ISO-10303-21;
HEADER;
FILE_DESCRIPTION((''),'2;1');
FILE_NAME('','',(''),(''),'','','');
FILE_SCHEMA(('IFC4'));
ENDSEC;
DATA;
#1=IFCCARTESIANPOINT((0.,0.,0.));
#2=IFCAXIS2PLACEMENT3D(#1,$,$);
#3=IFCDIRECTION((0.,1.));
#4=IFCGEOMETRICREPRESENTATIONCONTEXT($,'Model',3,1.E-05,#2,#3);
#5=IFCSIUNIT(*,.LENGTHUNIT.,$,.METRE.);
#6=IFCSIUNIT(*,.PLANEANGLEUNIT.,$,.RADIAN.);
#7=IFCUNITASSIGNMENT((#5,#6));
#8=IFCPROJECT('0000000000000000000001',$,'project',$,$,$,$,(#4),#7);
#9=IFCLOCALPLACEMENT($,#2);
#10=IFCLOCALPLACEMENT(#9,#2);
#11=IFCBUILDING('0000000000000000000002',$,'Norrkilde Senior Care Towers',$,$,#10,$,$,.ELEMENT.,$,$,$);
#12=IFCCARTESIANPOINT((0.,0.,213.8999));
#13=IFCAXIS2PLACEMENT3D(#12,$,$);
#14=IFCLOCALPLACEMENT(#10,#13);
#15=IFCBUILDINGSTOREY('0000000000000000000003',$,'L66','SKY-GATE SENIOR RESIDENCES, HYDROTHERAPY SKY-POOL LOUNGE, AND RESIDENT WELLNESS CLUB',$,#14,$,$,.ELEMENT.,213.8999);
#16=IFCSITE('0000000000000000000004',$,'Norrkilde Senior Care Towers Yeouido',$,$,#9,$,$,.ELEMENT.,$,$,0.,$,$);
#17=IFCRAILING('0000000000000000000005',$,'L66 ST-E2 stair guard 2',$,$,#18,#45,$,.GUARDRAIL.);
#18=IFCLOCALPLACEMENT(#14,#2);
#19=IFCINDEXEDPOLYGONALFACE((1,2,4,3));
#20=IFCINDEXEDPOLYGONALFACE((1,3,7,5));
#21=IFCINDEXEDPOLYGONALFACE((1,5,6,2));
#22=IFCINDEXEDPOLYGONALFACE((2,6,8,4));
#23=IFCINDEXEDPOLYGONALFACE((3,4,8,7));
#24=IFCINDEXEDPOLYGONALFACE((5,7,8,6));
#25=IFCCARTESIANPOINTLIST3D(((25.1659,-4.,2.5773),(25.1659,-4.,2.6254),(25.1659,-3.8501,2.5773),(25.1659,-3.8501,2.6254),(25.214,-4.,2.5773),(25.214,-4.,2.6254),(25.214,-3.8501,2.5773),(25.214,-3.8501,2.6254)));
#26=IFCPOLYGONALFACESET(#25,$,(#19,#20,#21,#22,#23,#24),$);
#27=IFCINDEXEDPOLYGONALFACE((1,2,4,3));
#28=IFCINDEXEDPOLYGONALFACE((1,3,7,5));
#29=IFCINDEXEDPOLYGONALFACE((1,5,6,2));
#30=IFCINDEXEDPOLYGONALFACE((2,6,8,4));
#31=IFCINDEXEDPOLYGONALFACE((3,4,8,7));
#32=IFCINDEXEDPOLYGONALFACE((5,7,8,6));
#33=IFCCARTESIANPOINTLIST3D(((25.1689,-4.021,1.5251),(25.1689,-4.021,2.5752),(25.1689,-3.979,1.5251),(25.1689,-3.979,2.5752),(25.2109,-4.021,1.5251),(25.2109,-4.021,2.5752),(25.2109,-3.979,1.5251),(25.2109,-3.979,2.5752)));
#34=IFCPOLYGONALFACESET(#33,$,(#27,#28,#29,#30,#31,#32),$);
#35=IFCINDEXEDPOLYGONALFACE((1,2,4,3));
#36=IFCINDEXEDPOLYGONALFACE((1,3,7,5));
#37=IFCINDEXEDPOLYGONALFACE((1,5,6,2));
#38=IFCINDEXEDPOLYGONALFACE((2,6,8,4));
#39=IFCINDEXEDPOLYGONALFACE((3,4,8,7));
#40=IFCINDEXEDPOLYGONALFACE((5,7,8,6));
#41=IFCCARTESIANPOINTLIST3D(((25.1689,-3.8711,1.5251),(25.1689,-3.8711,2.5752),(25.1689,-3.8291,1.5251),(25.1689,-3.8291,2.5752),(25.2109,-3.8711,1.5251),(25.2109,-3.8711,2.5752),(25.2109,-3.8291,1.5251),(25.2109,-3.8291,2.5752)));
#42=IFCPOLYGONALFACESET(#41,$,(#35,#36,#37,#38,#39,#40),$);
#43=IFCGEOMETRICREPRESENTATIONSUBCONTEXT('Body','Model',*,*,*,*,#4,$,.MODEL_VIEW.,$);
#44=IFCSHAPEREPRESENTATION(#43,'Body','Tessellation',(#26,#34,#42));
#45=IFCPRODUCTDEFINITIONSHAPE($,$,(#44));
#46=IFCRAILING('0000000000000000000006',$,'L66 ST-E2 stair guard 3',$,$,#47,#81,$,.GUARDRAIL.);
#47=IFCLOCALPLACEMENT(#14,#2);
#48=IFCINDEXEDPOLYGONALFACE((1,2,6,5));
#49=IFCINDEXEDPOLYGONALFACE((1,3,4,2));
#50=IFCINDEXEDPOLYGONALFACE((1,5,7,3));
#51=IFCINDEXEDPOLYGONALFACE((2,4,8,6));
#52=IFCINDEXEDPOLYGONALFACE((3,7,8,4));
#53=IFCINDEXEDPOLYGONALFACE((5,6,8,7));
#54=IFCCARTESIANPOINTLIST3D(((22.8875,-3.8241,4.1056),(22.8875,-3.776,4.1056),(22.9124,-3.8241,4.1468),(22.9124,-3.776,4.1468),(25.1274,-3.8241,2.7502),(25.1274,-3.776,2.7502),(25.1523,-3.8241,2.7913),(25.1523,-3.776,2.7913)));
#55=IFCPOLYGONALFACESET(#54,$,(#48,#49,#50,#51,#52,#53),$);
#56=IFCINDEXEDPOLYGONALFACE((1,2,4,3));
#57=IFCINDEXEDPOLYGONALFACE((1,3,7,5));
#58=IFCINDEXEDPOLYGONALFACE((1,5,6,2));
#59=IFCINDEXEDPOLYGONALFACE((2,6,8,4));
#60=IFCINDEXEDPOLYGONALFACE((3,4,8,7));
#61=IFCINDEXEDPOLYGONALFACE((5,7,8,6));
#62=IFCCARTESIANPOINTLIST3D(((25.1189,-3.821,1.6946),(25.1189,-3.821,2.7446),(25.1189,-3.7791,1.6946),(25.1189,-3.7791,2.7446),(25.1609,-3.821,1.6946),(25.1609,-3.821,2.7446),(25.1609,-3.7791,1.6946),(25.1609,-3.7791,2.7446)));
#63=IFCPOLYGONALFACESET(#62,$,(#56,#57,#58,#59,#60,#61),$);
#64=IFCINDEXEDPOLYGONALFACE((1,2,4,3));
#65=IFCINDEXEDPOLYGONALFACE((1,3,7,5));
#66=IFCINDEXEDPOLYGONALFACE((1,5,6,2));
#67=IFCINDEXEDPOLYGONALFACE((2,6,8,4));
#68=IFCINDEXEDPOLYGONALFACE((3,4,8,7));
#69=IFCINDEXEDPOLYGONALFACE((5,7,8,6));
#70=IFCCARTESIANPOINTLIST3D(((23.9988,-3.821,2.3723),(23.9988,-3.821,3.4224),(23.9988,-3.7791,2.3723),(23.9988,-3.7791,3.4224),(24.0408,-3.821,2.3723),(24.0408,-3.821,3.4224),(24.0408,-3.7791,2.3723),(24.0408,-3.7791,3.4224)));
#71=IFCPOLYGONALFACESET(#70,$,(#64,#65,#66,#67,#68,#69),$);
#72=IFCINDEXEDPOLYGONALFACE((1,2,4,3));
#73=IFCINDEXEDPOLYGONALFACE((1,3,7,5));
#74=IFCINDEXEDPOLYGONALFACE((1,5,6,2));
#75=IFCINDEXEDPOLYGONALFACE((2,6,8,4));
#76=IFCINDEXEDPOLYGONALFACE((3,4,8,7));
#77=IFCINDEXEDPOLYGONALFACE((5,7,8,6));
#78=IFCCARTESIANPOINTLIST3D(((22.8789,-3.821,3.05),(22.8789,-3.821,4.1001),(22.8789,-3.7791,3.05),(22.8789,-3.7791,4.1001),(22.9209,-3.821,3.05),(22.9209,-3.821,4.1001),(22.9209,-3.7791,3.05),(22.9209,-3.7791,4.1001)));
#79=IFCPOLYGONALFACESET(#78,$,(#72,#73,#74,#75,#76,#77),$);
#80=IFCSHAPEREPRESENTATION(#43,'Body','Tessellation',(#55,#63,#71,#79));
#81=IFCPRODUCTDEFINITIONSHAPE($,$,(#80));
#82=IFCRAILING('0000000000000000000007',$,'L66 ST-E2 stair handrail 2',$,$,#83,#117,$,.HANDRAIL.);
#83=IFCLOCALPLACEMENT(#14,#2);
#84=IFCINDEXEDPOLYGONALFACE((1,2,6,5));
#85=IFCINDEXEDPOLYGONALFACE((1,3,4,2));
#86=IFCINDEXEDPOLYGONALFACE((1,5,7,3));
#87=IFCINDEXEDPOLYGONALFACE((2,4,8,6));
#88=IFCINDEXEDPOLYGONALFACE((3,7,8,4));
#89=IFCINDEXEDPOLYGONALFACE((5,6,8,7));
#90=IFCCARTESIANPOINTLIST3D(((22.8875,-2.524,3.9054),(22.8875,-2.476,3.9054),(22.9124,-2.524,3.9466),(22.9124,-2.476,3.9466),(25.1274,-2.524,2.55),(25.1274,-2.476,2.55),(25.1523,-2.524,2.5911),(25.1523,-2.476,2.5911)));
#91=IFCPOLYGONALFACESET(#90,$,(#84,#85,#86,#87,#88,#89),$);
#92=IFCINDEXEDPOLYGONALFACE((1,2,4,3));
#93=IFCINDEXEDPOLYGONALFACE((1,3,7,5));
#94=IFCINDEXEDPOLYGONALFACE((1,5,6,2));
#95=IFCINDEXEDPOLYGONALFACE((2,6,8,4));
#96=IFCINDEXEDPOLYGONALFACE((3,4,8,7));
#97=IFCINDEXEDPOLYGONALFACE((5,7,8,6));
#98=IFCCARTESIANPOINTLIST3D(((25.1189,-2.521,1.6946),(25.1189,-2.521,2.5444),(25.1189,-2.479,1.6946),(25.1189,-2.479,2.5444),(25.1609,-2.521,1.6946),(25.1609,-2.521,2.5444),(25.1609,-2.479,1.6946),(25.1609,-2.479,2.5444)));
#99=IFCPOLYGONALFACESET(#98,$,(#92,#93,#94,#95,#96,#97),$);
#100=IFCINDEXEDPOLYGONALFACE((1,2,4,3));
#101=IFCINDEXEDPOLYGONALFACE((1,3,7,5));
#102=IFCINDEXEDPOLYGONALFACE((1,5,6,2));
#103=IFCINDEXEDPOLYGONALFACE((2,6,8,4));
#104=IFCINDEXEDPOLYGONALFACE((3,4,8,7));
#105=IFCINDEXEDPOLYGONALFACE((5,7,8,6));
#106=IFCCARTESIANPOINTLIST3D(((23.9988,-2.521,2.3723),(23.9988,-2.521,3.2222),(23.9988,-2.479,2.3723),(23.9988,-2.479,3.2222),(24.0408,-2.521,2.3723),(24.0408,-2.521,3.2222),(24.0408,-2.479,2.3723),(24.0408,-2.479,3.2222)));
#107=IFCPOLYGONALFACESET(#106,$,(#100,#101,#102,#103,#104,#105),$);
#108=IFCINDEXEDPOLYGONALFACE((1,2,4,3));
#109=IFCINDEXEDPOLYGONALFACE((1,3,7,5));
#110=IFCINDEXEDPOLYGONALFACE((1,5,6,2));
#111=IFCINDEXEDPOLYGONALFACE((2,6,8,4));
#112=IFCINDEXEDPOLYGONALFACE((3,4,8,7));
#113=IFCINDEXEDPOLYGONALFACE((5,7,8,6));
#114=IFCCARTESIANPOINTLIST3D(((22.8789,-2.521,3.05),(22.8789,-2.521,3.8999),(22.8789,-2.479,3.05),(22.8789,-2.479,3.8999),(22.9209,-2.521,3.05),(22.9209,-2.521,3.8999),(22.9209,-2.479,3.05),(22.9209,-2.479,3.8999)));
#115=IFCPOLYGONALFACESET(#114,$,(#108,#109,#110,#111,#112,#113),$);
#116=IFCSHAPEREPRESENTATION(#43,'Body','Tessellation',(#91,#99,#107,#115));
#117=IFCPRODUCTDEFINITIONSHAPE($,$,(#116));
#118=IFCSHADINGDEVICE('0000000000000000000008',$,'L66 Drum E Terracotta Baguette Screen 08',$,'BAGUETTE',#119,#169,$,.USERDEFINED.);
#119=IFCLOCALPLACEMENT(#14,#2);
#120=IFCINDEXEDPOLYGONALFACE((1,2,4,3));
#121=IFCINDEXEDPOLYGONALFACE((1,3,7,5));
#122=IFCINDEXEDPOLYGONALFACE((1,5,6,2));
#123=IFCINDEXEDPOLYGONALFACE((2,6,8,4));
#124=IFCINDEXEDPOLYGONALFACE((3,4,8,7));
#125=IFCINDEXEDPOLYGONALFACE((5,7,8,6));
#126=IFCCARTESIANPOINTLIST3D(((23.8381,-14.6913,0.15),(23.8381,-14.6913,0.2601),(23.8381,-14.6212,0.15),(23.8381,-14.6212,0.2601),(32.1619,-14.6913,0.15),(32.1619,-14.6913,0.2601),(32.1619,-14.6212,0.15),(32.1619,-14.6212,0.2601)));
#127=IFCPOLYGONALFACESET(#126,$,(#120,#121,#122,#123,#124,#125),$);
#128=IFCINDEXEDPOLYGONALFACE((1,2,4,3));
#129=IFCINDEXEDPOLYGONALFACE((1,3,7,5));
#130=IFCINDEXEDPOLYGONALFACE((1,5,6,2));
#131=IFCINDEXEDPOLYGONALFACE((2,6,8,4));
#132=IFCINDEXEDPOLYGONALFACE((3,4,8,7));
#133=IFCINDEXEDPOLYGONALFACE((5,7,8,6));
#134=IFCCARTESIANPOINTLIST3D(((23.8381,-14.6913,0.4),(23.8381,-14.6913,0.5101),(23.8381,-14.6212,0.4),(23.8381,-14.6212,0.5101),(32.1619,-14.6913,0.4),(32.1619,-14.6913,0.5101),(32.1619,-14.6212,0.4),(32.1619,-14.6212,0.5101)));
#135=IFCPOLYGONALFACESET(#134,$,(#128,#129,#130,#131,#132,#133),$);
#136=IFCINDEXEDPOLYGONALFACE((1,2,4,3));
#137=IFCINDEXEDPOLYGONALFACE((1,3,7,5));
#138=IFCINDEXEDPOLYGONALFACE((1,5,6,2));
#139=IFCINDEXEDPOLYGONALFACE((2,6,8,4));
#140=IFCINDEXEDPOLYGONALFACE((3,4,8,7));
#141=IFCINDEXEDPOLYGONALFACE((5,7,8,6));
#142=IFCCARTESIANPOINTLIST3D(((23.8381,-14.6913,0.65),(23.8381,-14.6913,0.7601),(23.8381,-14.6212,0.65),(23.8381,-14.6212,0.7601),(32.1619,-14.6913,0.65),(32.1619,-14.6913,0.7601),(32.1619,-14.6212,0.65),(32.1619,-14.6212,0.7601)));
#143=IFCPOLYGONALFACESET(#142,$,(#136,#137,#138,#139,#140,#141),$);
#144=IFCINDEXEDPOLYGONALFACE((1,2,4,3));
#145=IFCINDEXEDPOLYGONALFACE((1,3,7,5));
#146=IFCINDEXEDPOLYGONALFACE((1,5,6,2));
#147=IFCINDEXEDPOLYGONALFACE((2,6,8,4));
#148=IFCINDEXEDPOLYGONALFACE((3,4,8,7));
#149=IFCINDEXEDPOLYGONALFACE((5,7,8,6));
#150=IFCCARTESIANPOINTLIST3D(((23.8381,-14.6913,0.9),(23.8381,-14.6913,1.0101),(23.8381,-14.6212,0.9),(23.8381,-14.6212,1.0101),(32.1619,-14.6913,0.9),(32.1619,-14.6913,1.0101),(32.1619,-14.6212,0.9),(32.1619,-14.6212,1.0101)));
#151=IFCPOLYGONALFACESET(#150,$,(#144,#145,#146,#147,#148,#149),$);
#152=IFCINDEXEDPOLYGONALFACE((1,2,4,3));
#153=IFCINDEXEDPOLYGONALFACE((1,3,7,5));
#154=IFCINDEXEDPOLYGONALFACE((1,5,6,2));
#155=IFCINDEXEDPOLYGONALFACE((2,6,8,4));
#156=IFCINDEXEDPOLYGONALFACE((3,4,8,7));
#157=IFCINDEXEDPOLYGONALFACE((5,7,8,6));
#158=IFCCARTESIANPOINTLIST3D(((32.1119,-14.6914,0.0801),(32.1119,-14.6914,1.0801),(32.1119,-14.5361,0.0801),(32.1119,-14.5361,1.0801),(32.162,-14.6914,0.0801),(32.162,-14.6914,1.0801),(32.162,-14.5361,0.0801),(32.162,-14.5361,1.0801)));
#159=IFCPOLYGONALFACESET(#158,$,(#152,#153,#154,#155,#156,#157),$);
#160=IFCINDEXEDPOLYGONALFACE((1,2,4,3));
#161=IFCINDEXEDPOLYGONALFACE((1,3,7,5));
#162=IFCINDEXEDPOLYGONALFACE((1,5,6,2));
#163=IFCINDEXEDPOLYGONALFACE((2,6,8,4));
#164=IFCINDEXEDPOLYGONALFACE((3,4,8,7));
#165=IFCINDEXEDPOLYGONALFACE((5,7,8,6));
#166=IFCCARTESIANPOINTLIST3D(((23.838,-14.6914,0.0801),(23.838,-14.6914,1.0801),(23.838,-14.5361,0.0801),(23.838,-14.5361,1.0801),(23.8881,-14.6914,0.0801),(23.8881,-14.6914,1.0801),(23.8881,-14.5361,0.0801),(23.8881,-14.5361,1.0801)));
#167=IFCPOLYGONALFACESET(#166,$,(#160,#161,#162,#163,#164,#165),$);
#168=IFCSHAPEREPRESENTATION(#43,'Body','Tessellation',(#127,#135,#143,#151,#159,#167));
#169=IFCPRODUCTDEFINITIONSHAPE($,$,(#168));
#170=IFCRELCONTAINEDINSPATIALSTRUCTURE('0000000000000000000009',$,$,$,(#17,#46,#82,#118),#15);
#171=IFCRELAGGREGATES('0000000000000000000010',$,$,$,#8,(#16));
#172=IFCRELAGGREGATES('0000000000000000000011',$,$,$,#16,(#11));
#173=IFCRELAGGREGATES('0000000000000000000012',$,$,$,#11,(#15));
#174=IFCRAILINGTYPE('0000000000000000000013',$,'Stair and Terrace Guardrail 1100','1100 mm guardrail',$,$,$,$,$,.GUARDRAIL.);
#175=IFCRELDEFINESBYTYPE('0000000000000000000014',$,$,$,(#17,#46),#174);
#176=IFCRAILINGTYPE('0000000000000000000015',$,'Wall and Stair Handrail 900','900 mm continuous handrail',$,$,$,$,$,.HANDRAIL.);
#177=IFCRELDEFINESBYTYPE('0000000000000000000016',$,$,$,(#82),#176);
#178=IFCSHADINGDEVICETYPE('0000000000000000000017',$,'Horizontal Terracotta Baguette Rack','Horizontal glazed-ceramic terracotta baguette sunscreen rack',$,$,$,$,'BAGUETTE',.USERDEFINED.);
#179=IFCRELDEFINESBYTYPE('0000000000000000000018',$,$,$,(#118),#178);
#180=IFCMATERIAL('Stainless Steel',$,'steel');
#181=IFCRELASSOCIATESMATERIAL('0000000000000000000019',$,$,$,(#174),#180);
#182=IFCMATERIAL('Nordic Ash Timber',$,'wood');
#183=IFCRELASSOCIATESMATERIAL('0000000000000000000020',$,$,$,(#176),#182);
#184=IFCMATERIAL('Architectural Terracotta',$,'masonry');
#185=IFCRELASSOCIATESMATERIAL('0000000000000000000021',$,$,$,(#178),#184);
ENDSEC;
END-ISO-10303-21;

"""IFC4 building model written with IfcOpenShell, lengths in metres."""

from ifc_helpers import new_model, si_unit, direction, frame, origin, origin_2d, place, context, subcontext, project, spatial, rectangle, extrude, source, transform, mapped, material, type_object, type_shapes, element, save


model = new_model("IFC4")

# Units and contexts
model_context = context("Model", 3, precision=1e-05, world=origin(), true_north=direction((0.0, 1.0)))
body_context = subcontext(model_context, "Body", "Model", "MODEL_VIEW")
ifc_project = project(units=[si_unit("LENGTHUNIT", "METRE"), si_unit("PLANEANGLEUNIT", "RADIAN")], contexts=[model_context])

# Site, building, storey
site_placement = place(None, origin())
site = spatial("IfcSite", under=ifc_project, at=site_placement, Name="Norrkilde Senior Care Towers Yeouido", CompositionType="ELEMENT", RefElevation=0.0)
building_placement = place(site_placement, origin())
building = spatial("IfcBuilding", under=site, at=building_placement, Name="Norrkilde Senior Care Towers", CompositionType="ELEMENT")
storey_placement = place(building_placement, frame((0.0, 0.0, 213.8999)))
storey = spatial("IfcBuildingStorey", under=building, at=storey_placement, Name="L66", Description="SKY-GATE SENIOR RESIDENCES, HYDROTHERAPY SKY-POOL LOUNGE, AND RESIDENT WELLNESS CLUB", CompositionType="ELEMENT", Elevation=213.8999)

# Shared definitions
ifc_material_1 = material(Name="Stainless Steel", Category="steel")

# Shared definitions
ifc_material_2 = material(Name="Nordic Ash Timber", Category="wood")

# Railings
railing_type_1 = type_object("IfcRailingType", Name="Stair and Terrace Guardrail 1100", Description="1100 mm guardrail", PredefinedType="GUARDRAIL", material=ifc_material_1)
railing_1_placement = place(storey_placement, frame((25.1899, -4.0, 1.5251)))
element("IfcRailing", 1, at=railing_1_placement, inside=storey, type_object=railing_type_1, Name="L66 ST-E2 stair guard 2", PredefinedType="GUARDRAIL", context=body_context, shape_type="SweptSolid", body=[
    extrude(rectangle(XDim=0.0481, YDim=0.0481, at=origin_2d()), frame((0.0, 0.0, 1.0762), z_axis=(0.0, 1.0, 0.0), x_axis=(-1.0, 0.0, 0.0)), (0.0, 0.0, 1.0), 0.1499),
    extrude(rectangle(XDim=0.042, YDim=0.042, at=origin_2d()), origin(), (0.0, 0.0, 1.0), 1.05),
    extrude(rectangle(XDim=0.042, YDim=0.042, at=origin_2d()), frame((0.0, 0.1499, 0.0)), (0.0, 0.0, 1.0), 1.05),
])
railing_2_placement = place(storey_placement, frame((25.1399, -3.8, 1.6946)))
element("IfcRailing", 2, at=railing_2_placement, inside=storey, type_object=railing_type_1, Name="L66 ST-E2 stair guard 3", PredefinedType="GUARDRAIL", context=body_context, shape_type="SweptSolid", body=[
    extrude(rectangle(XDim=0.0481, YDim=0.0481, at=origin_2d()), frame((0.0, 0.0, 1.0762), z_axis=(-0.855553, 0.0, 0.517715), x_axis=(0.0, -1.0, 0.0)), (0.0, 0.0, 1.0), 2.6182),
    extrude(rectangle(XDim=0.042, YDim=0.042, at=origin_2d()), origin(), (0.0, 0.0, 1.0), 1.05),
    extrude(rectangle(XDim=0.042, YDim=0.042, at=origin_2d()), frame((-1.1201, 0.0, 0.6777)), (0.0, 0.0, 1.0), 1.05),
    extrude(rectangle(XDim=0.042, YDim=0.042, at=origin_2d()), frame((-2.24, 0.0, 1.3555)), (0.0, 0.0, 1.0), 1.05),
])
railing_type_2 = type_object("IfcRailingType", Name="Wall and Stair Handrail 900", Description="900 mm continuous handrail", PredefinedType="HANDRAIL", material=ifc_material_2)
railing_3_placement = place(storey_placement, frame((25.1399, -2.5, 1.6946)))
element("IfcRailing", 3, at=railing_3_placement, inside=storey, type_object=railing_type_2, Name="L66 ST-E2 stair handrail 2", PredefinedType="HANDRAIL", context=body_context, shape_type="SweptSolid", body=[
    extrude(rectangle(XDim=0.0481, YDim=0.0481, at=origin_2d()), frame((0.0, 0.0, 0.876), z_axis=(-0.855553, 0.0, 0.517715), x_axis=(0.0, -1.0, 0.0)), (0.0, 0.0, 1.0), 2.6182),
    extrude(rectangle(XDim=0.042, YDim=0.042, at=origin_2d()), origin(), (0.0, 0.0, 1.0), 0.8499),
    extrude(rectangle(XDim=0.042, YDim=0.042, at=origin_2d()), frame((-1.1201, 0.0, 0.6777)), (0.0, 0.0, 1.0), 0.8499),
    extrude(rectangle(XDim=0.042, YDim=0.042, at=origin_2d()), frame((-2.24, 0.0, 1.3555)), (0.0, 0.0, 1.0), 0.8499),
])

# Shading device
ifc_material_3 = material(Name="Architectural Terracotta", Category="masonry")
shading_device_type = type_object("IfcShadingDeviceType", Name="Horizontal Terracotta Baguette Rack", Description="Horizontal glazed-ceramic terracotta baguette sunscreen rack", ElementType="BAGUETTE", PredefinedType="USERDEFINED", material=ifc_material_3)
shared_shape_1 = source(origin(), body_context, "Body", "SweptSolid", [
    extrude(rectangle(XDim=0.0701, YDim=0.1101, at=origin_2d()), frame((0.0, 0.0901, 0.125), z_axis=(1.0, 0.0, 0.0), x_axis=(0.0, 1.0, 0.0)), (0.0, 0.0, 1.0), 8.3237),
    extrude(rectangle(XDim=0.0701, YDim=0.1101, at=origin_2d()), frame((0.0, 0.0901, 0.375), z_axis=(1.0, 0.0, 0.0), x_axis=(0.0, 1.0, 0.0)), (0.0, 0.0, 1.0), 8.3237),
    extrude(rectangle(XDim=0.0701, YDim=0.1101, at=origin_2d()), frame((0.0, 0.0901, 0.625), z_axis=(1.0, 0.0, 0.0), x_axis=(0.0, 1.0, 0.0)), (0.0, 0.0, 1.0), 8.3237),
    extrude(rectangle(XDim=0.0701, YDim=0.1101, at=origin_2d()), frame((0.0, 0.0901, 0.875), z_axis=(1.0, 0.0, 0.0), x_axis=(0.0, 1.0, 0.0)), (0.0, 0.0, 1.0), 8.3237),
    extrude(rectangle(XDim=0.05, YDim=0.1553, at=origin_2d()), frame((0.0249, 0.0476, 0.0)), (0.0, 0.0, 1.0), 1.0),
    extrude(rectangle(XDim=0.05, YDim=0.1553, at=origin_2d()), frame((8.2988, 0.0476, 0.0)), (0.0, 0.0, 1.0), 1.0),
])
type_shapes(shading_device_type, [shared_shape_1])
shading_device_placement = place(storey_placement, frame((32.1619, -14.5662, 0.0801), z_axis=(0.0, 0.0, 1.0), x_axis=(-1.0, 0.0, 0.0)))
element("IfcShadingDevice", 4, at=shading_device_placement, inside=storey, type_object=shading_device_type, Name="L66 Drum E Terracotta Baguette Screen 08", ObjectType="BAGUETTE", PredefinedType="USERDEFINED", context=body_context, shape_type="MappedRepresentation", body=[
    mapped(shared_shape_1, transform((0.0, 0.0, 0.0), x_axis=(1.0, 0.0, 0.0), y_axis=(0.0, 1.0, 0.0), z_axis=(0.0, 0.0, 1.0), scale=1.0)),
])

save(model, "model.ifc")
